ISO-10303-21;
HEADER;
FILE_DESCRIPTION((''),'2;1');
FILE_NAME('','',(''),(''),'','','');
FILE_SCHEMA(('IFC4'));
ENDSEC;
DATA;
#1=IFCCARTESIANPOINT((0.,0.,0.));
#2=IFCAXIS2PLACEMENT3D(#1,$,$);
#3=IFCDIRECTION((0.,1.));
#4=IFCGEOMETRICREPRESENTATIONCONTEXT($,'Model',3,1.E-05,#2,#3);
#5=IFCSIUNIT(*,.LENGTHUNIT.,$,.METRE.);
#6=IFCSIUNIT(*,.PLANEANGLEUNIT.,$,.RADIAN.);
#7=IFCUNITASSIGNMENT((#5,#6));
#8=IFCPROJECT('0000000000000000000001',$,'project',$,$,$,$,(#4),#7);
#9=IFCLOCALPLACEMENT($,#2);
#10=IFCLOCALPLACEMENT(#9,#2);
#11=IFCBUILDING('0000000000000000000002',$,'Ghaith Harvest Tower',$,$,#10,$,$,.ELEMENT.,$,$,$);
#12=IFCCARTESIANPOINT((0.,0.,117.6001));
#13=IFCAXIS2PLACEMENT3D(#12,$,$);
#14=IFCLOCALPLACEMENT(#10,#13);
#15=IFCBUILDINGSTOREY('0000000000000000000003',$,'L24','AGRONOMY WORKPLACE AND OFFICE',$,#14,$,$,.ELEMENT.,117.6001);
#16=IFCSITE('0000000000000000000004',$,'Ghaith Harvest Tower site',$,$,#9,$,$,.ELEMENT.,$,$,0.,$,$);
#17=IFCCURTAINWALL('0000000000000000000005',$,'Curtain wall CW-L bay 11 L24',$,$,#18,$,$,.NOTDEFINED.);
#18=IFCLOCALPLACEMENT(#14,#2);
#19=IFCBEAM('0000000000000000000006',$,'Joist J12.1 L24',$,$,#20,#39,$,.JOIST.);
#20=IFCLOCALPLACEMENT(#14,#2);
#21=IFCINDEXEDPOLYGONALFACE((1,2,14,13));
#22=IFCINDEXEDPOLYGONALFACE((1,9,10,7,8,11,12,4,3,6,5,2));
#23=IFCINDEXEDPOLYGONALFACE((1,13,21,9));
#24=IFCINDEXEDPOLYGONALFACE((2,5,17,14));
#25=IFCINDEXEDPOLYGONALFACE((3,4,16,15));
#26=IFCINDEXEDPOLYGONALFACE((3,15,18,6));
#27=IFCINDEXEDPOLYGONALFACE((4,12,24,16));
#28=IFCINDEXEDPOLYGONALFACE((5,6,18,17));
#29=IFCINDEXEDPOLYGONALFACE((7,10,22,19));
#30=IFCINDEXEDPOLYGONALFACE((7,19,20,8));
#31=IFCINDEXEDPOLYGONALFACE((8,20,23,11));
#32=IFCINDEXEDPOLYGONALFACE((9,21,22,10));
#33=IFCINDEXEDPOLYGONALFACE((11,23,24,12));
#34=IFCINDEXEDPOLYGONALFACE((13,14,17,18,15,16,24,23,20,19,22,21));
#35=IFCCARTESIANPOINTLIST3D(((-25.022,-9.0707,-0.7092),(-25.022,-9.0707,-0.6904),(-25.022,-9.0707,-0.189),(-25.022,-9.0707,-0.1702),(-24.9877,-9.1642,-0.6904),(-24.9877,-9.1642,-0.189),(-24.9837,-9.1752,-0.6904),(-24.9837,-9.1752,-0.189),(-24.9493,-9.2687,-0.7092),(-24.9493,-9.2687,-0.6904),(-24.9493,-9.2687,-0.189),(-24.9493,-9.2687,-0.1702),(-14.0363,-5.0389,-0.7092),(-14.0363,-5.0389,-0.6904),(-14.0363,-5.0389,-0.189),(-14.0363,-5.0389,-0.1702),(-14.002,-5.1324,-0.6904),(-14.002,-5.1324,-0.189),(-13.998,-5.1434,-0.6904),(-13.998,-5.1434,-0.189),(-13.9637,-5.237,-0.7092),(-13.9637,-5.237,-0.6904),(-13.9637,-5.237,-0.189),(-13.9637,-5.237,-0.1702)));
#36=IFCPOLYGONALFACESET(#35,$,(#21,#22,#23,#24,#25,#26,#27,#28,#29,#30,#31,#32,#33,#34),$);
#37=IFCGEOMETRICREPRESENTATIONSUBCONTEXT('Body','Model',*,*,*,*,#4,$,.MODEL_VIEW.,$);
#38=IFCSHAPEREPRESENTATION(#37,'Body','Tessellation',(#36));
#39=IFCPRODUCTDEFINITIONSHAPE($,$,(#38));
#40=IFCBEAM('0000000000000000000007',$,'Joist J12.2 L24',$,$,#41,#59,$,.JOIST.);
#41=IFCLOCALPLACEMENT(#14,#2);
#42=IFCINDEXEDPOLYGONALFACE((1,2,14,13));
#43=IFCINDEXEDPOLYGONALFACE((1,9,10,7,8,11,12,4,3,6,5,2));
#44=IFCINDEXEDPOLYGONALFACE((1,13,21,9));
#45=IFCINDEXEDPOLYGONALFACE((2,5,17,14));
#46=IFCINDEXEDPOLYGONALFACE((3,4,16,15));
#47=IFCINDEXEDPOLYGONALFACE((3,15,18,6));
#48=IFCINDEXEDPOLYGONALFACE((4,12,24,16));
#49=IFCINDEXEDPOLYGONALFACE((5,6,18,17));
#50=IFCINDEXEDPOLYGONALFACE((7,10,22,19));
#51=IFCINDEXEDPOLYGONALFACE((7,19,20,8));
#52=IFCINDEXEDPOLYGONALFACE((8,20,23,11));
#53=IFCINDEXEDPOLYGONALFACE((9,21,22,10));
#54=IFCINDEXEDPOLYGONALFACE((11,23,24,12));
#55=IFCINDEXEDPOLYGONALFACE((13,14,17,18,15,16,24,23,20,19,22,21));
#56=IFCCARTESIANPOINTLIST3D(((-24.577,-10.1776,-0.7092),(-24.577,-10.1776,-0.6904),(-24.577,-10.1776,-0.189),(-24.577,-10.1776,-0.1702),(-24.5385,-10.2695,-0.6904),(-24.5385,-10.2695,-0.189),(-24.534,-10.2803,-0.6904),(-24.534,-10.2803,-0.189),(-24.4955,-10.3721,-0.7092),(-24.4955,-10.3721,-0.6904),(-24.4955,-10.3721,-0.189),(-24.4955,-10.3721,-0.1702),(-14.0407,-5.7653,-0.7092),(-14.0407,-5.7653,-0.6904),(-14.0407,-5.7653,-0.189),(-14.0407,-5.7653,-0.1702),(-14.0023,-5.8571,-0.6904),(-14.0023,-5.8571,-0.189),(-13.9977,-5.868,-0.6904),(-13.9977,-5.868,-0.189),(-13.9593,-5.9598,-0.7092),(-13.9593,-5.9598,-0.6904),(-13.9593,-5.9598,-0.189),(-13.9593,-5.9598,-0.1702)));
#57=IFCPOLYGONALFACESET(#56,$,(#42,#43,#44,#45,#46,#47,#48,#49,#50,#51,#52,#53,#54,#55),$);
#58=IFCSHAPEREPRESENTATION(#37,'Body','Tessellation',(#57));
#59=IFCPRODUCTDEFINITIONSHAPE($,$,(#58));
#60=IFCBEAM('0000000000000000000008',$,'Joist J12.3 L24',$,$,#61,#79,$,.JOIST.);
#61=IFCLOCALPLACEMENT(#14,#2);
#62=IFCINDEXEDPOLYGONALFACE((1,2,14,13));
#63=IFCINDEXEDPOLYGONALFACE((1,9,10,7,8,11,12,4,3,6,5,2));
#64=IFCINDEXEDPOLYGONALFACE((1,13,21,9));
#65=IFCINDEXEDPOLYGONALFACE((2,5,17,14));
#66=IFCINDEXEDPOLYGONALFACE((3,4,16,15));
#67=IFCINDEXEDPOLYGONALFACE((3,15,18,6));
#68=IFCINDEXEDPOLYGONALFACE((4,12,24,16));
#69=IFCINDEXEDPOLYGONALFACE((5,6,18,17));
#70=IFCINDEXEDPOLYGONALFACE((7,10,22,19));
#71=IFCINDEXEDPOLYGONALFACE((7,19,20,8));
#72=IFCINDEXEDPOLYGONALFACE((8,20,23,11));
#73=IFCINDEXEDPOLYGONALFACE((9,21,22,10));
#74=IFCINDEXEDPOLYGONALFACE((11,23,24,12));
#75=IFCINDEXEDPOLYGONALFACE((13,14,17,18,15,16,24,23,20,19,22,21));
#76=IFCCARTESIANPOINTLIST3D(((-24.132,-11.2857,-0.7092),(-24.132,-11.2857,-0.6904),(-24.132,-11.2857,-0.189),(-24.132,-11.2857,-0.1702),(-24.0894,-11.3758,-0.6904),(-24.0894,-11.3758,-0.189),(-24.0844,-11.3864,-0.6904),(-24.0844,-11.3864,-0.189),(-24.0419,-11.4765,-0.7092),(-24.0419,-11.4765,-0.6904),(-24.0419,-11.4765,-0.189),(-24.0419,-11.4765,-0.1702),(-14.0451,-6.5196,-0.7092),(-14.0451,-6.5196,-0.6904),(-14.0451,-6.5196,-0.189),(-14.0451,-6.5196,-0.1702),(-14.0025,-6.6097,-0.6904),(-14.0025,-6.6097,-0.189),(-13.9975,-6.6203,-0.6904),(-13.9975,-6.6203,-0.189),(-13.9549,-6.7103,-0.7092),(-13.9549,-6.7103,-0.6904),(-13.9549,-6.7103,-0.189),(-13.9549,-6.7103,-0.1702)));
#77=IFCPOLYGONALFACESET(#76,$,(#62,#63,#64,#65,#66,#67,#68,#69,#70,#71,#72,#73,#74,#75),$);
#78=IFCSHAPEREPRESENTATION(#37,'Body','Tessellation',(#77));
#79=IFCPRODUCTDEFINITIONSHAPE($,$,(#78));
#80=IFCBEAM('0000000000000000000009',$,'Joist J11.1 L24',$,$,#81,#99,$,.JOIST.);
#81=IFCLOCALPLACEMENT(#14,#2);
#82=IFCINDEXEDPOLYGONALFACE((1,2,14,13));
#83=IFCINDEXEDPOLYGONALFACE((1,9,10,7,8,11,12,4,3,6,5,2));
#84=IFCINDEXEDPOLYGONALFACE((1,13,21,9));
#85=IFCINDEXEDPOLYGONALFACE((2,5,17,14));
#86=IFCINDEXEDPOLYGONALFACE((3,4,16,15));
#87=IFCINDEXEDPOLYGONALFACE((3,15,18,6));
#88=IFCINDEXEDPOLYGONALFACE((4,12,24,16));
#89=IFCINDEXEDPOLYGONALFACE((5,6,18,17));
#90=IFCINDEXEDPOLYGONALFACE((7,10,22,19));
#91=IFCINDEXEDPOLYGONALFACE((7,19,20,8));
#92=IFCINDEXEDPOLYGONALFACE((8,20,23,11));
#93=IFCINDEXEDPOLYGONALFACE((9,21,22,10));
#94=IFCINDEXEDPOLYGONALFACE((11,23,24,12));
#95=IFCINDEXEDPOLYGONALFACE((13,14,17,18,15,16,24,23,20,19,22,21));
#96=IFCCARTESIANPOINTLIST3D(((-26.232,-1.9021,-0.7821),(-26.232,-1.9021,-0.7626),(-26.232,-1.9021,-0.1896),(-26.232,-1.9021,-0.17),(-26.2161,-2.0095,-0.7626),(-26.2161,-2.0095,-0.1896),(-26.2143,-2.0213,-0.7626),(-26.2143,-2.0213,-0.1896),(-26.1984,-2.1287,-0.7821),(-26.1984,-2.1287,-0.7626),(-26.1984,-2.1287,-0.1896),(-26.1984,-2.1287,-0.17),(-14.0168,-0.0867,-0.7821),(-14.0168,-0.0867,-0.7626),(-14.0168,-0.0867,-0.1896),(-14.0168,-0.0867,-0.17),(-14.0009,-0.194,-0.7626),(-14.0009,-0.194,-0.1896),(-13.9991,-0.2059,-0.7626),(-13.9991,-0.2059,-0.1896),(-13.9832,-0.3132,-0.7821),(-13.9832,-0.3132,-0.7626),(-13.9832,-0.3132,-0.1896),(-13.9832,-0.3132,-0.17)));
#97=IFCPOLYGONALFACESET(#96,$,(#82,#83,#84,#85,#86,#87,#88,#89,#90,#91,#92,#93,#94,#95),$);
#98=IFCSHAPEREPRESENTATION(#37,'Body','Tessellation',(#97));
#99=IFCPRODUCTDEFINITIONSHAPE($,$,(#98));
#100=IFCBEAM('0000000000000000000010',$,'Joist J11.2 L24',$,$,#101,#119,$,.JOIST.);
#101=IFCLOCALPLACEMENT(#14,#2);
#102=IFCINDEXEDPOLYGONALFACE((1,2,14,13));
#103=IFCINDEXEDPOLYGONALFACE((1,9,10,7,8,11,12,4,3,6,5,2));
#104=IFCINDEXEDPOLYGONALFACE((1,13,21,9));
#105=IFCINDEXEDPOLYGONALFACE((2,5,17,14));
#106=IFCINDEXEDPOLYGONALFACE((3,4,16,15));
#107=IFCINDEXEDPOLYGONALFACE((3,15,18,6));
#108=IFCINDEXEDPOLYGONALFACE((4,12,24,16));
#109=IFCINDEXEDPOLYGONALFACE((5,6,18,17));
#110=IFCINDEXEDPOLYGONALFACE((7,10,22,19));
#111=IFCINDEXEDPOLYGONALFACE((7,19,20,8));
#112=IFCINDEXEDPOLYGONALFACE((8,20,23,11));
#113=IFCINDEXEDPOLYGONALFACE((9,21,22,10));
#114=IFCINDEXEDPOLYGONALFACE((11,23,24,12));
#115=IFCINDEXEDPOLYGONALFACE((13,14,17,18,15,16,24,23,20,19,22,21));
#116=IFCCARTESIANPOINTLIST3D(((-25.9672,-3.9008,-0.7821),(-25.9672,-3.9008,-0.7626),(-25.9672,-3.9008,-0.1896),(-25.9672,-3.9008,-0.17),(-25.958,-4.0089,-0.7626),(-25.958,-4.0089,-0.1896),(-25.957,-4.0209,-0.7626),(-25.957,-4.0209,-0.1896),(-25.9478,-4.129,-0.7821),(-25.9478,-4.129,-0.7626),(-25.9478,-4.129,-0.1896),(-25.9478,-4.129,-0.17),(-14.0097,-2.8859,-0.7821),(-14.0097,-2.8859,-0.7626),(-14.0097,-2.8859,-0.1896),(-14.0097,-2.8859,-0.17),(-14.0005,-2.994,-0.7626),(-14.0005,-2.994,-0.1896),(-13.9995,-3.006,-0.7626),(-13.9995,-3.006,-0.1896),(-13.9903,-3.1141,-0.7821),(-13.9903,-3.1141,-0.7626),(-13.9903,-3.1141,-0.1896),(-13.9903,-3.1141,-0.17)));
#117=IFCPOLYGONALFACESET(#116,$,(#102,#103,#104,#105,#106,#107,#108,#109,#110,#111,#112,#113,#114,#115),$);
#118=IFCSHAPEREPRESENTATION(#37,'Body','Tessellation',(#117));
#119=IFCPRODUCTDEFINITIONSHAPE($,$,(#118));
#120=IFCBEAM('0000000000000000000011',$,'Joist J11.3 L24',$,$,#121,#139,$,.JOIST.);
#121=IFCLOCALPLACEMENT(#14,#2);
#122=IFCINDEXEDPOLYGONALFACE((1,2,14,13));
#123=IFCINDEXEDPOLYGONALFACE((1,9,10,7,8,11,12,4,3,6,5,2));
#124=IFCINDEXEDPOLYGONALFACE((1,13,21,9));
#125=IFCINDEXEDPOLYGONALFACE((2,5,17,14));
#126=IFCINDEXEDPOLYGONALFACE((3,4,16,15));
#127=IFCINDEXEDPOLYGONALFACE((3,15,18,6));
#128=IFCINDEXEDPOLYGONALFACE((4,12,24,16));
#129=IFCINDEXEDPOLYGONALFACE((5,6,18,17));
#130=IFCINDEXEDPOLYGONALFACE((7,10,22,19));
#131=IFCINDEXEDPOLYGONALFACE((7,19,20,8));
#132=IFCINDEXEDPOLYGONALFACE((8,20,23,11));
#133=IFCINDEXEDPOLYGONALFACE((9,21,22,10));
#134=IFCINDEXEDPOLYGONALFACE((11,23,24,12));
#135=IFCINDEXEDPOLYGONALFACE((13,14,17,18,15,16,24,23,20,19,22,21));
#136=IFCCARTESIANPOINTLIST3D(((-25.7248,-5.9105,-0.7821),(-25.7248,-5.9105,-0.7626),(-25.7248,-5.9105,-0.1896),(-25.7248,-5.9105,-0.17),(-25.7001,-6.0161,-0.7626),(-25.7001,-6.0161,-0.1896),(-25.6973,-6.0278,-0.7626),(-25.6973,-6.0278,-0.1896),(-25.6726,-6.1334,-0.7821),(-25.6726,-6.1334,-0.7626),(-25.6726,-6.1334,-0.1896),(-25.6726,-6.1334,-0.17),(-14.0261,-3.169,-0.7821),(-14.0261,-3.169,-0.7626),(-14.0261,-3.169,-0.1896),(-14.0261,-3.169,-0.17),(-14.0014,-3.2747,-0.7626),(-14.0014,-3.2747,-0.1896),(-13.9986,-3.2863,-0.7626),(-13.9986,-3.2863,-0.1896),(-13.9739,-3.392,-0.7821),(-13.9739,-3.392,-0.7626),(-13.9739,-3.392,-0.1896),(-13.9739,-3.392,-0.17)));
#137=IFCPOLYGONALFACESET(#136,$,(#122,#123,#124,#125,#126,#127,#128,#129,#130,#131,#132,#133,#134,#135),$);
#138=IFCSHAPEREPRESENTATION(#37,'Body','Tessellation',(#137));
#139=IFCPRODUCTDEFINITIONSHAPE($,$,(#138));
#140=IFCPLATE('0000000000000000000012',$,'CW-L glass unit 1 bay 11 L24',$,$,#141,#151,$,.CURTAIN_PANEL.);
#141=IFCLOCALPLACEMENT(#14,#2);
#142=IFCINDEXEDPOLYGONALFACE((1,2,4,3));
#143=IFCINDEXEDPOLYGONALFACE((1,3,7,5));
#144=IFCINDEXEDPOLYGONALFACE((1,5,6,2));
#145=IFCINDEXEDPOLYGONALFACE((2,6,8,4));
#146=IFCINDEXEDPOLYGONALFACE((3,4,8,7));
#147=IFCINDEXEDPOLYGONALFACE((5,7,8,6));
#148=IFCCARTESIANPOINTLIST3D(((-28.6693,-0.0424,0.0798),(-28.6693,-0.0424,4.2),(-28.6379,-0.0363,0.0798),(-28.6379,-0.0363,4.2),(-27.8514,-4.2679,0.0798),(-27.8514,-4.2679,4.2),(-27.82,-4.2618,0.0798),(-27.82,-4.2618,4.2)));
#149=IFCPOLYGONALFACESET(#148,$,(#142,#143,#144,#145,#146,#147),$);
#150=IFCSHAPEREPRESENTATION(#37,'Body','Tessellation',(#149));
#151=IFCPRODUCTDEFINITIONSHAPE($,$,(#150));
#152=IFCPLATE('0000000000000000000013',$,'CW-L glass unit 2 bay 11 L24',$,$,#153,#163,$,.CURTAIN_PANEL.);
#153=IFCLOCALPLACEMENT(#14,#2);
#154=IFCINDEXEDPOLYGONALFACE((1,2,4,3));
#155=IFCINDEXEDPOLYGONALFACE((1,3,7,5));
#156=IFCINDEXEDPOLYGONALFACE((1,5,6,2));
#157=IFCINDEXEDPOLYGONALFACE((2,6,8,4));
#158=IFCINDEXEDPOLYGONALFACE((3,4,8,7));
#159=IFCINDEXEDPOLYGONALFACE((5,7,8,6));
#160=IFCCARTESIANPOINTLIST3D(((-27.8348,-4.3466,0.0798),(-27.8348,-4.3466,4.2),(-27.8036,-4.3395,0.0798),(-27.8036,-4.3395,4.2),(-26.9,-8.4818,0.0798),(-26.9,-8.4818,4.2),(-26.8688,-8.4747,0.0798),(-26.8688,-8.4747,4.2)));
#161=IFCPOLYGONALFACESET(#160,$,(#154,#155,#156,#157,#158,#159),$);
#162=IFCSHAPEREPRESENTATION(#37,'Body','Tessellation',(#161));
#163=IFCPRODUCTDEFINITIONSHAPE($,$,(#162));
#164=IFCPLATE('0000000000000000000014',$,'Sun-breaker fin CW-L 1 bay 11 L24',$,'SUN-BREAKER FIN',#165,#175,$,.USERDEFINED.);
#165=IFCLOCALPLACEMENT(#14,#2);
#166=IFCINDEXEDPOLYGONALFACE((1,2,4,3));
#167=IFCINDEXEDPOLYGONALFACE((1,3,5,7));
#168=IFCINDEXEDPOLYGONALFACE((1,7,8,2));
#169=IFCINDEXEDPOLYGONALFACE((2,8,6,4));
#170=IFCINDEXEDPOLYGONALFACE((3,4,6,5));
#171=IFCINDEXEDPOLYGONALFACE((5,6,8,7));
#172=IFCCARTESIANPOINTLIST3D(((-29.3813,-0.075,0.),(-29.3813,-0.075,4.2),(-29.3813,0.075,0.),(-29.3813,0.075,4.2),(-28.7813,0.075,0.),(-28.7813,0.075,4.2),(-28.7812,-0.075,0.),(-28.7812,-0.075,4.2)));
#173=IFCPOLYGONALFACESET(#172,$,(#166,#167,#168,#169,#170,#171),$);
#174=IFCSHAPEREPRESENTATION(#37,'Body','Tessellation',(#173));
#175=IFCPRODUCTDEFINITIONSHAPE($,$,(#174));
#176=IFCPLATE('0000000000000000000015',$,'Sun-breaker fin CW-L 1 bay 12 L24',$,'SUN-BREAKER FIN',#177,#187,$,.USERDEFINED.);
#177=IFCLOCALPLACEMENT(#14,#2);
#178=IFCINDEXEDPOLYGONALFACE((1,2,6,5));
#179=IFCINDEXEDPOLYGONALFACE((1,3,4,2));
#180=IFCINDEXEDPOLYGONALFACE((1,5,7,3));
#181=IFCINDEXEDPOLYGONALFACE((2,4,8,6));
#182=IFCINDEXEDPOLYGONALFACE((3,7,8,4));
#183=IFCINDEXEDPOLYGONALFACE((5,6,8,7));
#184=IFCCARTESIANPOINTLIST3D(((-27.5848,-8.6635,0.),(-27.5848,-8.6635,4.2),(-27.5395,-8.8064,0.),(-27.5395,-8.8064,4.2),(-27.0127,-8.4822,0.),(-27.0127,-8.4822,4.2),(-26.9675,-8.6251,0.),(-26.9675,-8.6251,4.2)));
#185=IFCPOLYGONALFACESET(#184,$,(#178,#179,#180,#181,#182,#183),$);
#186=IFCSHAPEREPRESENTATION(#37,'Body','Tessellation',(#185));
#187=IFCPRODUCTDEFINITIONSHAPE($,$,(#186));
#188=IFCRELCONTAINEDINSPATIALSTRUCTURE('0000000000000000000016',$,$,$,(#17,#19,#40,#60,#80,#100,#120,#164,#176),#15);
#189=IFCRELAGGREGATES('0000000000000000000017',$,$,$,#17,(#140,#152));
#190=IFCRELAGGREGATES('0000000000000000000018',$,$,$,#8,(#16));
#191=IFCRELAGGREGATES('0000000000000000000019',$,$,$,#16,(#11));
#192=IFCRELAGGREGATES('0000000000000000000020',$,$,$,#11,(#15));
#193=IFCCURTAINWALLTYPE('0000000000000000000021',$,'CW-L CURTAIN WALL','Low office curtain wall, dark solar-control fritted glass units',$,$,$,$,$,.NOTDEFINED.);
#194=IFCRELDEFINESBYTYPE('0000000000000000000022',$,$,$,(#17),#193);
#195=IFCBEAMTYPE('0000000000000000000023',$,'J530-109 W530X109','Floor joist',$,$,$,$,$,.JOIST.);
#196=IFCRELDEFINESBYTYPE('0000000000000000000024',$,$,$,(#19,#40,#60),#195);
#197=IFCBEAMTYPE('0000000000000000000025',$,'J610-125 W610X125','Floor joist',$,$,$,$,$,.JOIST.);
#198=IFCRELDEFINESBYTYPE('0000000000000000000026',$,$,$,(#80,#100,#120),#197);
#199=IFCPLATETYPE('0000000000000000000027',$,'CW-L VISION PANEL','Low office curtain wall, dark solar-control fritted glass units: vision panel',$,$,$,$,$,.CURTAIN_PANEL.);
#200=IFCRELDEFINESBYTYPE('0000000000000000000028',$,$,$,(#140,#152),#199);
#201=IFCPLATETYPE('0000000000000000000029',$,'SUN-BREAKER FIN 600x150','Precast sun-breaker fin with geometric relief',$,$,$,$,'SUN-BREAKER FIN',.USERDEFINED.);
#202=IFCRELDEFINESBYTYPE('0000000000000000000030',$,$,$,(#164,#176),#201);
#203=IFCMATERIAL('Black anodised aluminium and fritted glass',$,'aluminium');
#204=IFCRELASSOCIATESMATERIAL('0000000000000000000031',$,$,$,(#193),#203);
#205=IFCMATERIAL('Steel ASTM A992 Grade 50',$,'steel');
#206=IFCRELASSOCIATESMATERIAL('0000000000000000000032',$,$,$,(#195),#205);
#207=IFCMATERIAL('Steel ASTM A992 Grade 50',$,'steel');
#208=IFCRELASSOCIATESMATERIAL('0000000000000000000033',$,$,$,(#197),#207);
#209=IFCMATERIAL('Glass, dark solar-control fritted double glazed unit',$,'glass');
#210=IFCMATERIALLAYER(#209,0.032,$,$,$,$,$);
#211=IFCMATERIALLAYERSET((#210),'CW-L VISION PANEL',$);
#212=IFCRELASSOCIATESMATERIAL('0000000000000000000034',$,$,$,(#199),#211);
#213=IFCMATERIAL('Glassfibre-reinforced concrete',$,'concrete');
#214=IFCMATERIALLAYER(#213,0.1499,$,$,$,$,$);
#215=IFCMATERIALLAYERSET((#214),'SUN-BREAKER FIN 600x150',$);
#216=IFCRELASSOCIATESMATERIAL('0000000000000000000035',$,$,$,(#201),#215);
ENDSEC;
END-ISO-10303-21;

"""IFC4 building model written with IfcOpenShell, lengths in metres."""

from ifc_helpers import new_model, si_unit, direction, frame, origin, origin_2d, place, context, subcontext, project, spatial, rectangle, i_section, extrude, material, layer, layer_set, material_profile, profile_set, type_object, element, aggregate, save


model = new_model("IFC4")

# Units and contexts
model_context = context("Model", 3, precision=1e-05, world=origin(), true_north=direction((0.0, 1.0)))
body_context = subcontext(model_context, "Body", "Model", "MODEL_VIEW")
ifc_project = project(units=[si_unit("LENGTHUNIT", "METRE"), si_unit("PLANEANGLEUNIT", "RADIAN")], contexts=[model_context])

# Site, building, storey
site_placement = place(None, origin())
site = spatial("IfcSite", under=ifc_project, at=site_placement, Name="Ghaith Harvest Tower site", CompositionType="ELEMENT", RefElevation=0.0)
building_placement = place(site_placement, origin())
building = spatial("IfcBuilding", under=site, at=building_placement, Name="Ghaith Harvest Tower", CompositionType="ELEMENT")
storey_placement = place(building_placement, frame((0.0, 0.0, 117.6001)))
storey = spatial("IfcBuildingStorey", under=building, at=storey_placement, Name="L24", Description="AGRONOMY WORKPLACE AND OFFICE", CompositionType="ELEMENT", Elevation=117.6001)

# Curtain wall
ifc_material_1 = material(Name="Black anodised aluminium and fritted glass", Category="aluminium")
curtain_wall_type = type_object("IfcCurtainWallType", Name="CW-L CURTAIN WALL", Description="Low office curtain wall, dark solar-control fritted glass units", PredefinedType="NOTDEFINED", material=ifc_material_1)
curtain_wall_1_placement = place(storey_placement, origin())
curtain_wall_1 = element("IfcCurtainWall", 1, at=curtain_wall_1_placement, inside=storey, type_object=curtain_wall_type, Name="Curtain wall CW-L bay 11 L24", PredefinedType="NOTDEFINED")

# Beams
ifc_material_2 = material(Name="Steel ASTM A992 Grade 50", Category="steel")
ifc_material_profile_1 = material_profile(ifc_material_2, i_section(OverallWidth=0.2109, OverallDepth=0.5391, WebThickness=0.0117, FlangeThickness=0.0188, at=origin_2d()), Name="W530X109")
ifc_profile_set_1 = profile_set([ifc_material_profile_1], Name="Steel ASTM A992 Grade 50")
beam_type_1 = type_object("IfcBeamType", Name="J530-109 W530X109", Description="Floor joist", PredefinedType="JOIST", material=ifc_profile_set_1)
beam_1_placement = place(storey_placement, frame((-14.0, -5.1379, -0.4397), z_axis=(-0.938774, -0.344532, 0.0), x_axis=(0.344532, -0.938774, 0.0)))
element("IfcBeam", 2, at=beam_1_placement, inside=storey, type_object=beam_type_1, Name="Joist J12.1 L24", PredefinedType="JOIST", context=body_context, shape_type="SweptSolid", body=[
    extrude(i_section(OverallWidth=0.2109, OverallDepth=0.5391, WebThickness=0.0117, FlangeThickness=0.0188, at=origin_2d()), origin(), (0.0, 0.0, 1.0), 11.7021),
])
beam_2_placement = place(storey_placement, frame((-14.0, -5.8625, -0.4397), z_axis=(-0.922386, -0.38627, 0.0), x_axis=(0.38627, -0.922386, 0.0)))
element("IfcBeam", 3, at=beam_2_placement, inside=storey, type_object=beam_type_1, Name="Joist J12.2 L24", PredefinedType="JOIST", context=body_context, shape_type="SweptSolid", body=[
    extrude(i_section(OverallWidth=0.2109, OverallDepth=0.5391, WebThickness=0.0117, FlangeThickness=0.0188, at=origin_2d()), origin(), (0.0, 0.0, 1.0), 11.4229),
])
beam_3_placement = place(storey_placement, frame((-14.0, -6.615, -0.4397), z_axis=(-0.90415, -0.427215, 0.0), x_axis=(0.427215, -0.90415, 0.0)))
element("IfcBeam", 4, at=beam_3_placement, inside=storey, type_object=beam_type_1, Name="Joist J12.3 L24", PredefinedType="JOIST", context=body_context, shape_type="SweptSolid", body=[
    extrude(i_section(OverallWidth=0.2109, OverallDepth=0.5391, WebThickness=0.0117, FlangeThickness=0.0188, at=origin_2d()), origin(), (0.0, 0.0, 1.0), 11.1562),
])
ifc_material_3 = material(Name="Steel ASTM A992 Grade 50", Category="steel")
ifc_material_profile_2 = material_profile(ifc_material_3, i_section(OverallWidth=0.229, OverallDepth=0.6121, WebThickness=0.012, FlangeThickness=0.0195, at=origin_2d()), Name="W610X125")
ifc_profile_set_2 = profile_set([ifc_material_profile_2], Name="Steel ASTM A992 Grade 50")
beam_type_2 = type_object("IfcBeamType", Name="J610-125 W610X125", Description="Floor joist", PredefinedType="JOIST", material=ifc_profile_set_2)
beam_4_placement = place(storey_placement, frame((-14.0, -0.2, -0.4761), z_axis=(-0.989135, -0.147007, 0.0), x_axis=(0.147007, -0.989135, 0.0)))
element("IfcBeam", 5, at=beam_4_placement, inside=storey, type_object=beam_type_2, Name="Joist J11.1 L24", PredefinedType="JOIST", context=body_context, shape_type="SweptSolid", body=[
    extrude(i_section(OverallWidth=0.229, OverallDepth=0.6121, WebThickness=0.012, FlangeThickness=0.0195, at=origin_2d()), origin(), (0.0, 0.0, 1.0), 12.3494),
])
beam_5_placement = place(storey_placement, frame((-14.0, -3.0, -0.4761), z_axis=(-0.996417, -0.084571, 0.0), x_axis=(0.084571, -0.996417, 0.0)))
element("IfcBeam", 6, at=beam_5_placement, inside=storey, type_object=beam_type_2, Name="Joist J11.2 L24", PredefinedType="JOIST", context=body_context, shape_type="SweptSolid", body=[
    extrude(i_section(OverallWidth=0.229, OverallDepth=0.6121, WebThickness=0.012, FlangeThickness=0.0195, at=origin_2d()), origin(), (0.0, 0.0, 1.0), 12.0005),
])
beam_6_placement = place(storey_placement, frame((-14.0, -3.2805, -0.4761), z_axis=(-0.973624, -0.228157, 0.0), x_axis=(0.228157, -0.973624, 0.0)))
element("IfcBeam", 7, at=beam_6_placement, inside=storey, type_object=beam_type_2, Name="Joist J11.3 L24", PredefinedType="JOIST", context=body_context, shape_type="SweptSolid", body=[
    extrude(i_section(OverallWidth=0.229, OverallDepth=0.6121, WebThickness=0.012, FlangeThickness=0.0195, at=origin_2d()), origin(), (0.0, 0.0, 1.0), 12.0156),
])

# Plates
ifc_material_4 = material(Name="Glass, dark solar-control fritted double glazed unit", Category="glass")
ifc_layer_1 = layer(ifc_material_4, 0.032)
ifc_layer_set_1 = layer_set([ifc_layer_1], Name="CW-L VISION PANEL")
plate_type_1 = type_object("IfcPlateType", Name="CW-L VISION PANEL", Description="Low office curtain wall, dark solar-control fritted glass units: vision panel", PredefinedType="CURTAIN_PANEL", material=ifc_layer_set_1)
plate_1_placement = place(storey_placement, frame((-28.2446, -2.1521, 0.0798), z_axis=(0.0, 0.0, 1.0), x_axis=(0.190045, -0.981775, 0.0)))
plate_1 = element("IfcPlate", 8, at=plate_1_placement, type_object=plate_type_1, Name="CW-L glass unit 1 bay 11 L24", PredefinedType="CURTAIN_PANEL", context=body_context, shape_type="SweptSolid", body=[
    extrude(rectangle(XDim=4.304, YDim=0.032, at=origin_2d()), origin(), (0.0, 0.0, 1.0), 4.1201),
])
plate_2_placement = place(storey_placement, frame((-27.3518, -6.4106, 0.0798), z_axis=(0.0, 0.0, 1.0), x_axis=(0.220483, -0.975391, 0.0)))
plate_2 = element("IfcPlate", 9, at=plate_2_placement, type_object=plate_type_1, Name="CW-L glass unit 2 bay 11 L24", PredefinedType="CURTAIN_PANEL", context=body_context, shape_type="SweptSolid", body=[
    extrude(rectangle(XDim=4.2395, YDim=0.032, at=origin_2d()), origin(), (0.0, 0.0, 1.0), 4.1201),
])
aggregate(curtain_wall_1, [plate_1, plate_2])

# Plates
ifc_material_5 = material(Name="Glassfibre-reinforced concrete", Category="concrete")
ifc_layer_2 = layer(ifc_material_5, 0.1499)
ifc_layer_set_2 = layer_set([ifc_layer_2], Name="SUN-BREAKER FIN 600x150")
plate_type_2 = type_object("IfcPlateType", Name="SUN-BREAKER FIN 600x150", Description="Precast sun-breaker fin with geometric relief", ElementType="SUN-BREAKER FIN", PredefinedType="USERDEFINED", material=ifc_layer_set_2)
for number, where, z_axis, x_axis, name in (
    (10, (-29.0813, 0.0, 0.0), (0.0, 0.0, 1.0), (-1.0, 0.0, 0.0), "Sun-breaker fin CW-L 1 bay 11 L24"),
    (11, (-27.2761, -8.6443, 0.0), (0.0, 0.0, 1.0), (-0.953273, -0.30211, 0.0), "Sun-breaker fin CW-L 1 bay 12 L24"),
):
    element("IfcPlate", number, at=place(storey_placement, frame(where, z_axis=z_axis, x_axis=x_axis)), inside=storey, type_object=plate_type_2, Name=name, ObjectType="SUN-BREAKER FIN", PredefinedType="USERDEFINED", context=body_context, shape_type="SweptSolid", body=[
        extrude(rectangle(XDim=0.6001, YDim=0.1499, at=origin_2d()), origin(), (0.0, 0.0, 1.0), 4.2),
    ])

save(model, "model.ifc")
